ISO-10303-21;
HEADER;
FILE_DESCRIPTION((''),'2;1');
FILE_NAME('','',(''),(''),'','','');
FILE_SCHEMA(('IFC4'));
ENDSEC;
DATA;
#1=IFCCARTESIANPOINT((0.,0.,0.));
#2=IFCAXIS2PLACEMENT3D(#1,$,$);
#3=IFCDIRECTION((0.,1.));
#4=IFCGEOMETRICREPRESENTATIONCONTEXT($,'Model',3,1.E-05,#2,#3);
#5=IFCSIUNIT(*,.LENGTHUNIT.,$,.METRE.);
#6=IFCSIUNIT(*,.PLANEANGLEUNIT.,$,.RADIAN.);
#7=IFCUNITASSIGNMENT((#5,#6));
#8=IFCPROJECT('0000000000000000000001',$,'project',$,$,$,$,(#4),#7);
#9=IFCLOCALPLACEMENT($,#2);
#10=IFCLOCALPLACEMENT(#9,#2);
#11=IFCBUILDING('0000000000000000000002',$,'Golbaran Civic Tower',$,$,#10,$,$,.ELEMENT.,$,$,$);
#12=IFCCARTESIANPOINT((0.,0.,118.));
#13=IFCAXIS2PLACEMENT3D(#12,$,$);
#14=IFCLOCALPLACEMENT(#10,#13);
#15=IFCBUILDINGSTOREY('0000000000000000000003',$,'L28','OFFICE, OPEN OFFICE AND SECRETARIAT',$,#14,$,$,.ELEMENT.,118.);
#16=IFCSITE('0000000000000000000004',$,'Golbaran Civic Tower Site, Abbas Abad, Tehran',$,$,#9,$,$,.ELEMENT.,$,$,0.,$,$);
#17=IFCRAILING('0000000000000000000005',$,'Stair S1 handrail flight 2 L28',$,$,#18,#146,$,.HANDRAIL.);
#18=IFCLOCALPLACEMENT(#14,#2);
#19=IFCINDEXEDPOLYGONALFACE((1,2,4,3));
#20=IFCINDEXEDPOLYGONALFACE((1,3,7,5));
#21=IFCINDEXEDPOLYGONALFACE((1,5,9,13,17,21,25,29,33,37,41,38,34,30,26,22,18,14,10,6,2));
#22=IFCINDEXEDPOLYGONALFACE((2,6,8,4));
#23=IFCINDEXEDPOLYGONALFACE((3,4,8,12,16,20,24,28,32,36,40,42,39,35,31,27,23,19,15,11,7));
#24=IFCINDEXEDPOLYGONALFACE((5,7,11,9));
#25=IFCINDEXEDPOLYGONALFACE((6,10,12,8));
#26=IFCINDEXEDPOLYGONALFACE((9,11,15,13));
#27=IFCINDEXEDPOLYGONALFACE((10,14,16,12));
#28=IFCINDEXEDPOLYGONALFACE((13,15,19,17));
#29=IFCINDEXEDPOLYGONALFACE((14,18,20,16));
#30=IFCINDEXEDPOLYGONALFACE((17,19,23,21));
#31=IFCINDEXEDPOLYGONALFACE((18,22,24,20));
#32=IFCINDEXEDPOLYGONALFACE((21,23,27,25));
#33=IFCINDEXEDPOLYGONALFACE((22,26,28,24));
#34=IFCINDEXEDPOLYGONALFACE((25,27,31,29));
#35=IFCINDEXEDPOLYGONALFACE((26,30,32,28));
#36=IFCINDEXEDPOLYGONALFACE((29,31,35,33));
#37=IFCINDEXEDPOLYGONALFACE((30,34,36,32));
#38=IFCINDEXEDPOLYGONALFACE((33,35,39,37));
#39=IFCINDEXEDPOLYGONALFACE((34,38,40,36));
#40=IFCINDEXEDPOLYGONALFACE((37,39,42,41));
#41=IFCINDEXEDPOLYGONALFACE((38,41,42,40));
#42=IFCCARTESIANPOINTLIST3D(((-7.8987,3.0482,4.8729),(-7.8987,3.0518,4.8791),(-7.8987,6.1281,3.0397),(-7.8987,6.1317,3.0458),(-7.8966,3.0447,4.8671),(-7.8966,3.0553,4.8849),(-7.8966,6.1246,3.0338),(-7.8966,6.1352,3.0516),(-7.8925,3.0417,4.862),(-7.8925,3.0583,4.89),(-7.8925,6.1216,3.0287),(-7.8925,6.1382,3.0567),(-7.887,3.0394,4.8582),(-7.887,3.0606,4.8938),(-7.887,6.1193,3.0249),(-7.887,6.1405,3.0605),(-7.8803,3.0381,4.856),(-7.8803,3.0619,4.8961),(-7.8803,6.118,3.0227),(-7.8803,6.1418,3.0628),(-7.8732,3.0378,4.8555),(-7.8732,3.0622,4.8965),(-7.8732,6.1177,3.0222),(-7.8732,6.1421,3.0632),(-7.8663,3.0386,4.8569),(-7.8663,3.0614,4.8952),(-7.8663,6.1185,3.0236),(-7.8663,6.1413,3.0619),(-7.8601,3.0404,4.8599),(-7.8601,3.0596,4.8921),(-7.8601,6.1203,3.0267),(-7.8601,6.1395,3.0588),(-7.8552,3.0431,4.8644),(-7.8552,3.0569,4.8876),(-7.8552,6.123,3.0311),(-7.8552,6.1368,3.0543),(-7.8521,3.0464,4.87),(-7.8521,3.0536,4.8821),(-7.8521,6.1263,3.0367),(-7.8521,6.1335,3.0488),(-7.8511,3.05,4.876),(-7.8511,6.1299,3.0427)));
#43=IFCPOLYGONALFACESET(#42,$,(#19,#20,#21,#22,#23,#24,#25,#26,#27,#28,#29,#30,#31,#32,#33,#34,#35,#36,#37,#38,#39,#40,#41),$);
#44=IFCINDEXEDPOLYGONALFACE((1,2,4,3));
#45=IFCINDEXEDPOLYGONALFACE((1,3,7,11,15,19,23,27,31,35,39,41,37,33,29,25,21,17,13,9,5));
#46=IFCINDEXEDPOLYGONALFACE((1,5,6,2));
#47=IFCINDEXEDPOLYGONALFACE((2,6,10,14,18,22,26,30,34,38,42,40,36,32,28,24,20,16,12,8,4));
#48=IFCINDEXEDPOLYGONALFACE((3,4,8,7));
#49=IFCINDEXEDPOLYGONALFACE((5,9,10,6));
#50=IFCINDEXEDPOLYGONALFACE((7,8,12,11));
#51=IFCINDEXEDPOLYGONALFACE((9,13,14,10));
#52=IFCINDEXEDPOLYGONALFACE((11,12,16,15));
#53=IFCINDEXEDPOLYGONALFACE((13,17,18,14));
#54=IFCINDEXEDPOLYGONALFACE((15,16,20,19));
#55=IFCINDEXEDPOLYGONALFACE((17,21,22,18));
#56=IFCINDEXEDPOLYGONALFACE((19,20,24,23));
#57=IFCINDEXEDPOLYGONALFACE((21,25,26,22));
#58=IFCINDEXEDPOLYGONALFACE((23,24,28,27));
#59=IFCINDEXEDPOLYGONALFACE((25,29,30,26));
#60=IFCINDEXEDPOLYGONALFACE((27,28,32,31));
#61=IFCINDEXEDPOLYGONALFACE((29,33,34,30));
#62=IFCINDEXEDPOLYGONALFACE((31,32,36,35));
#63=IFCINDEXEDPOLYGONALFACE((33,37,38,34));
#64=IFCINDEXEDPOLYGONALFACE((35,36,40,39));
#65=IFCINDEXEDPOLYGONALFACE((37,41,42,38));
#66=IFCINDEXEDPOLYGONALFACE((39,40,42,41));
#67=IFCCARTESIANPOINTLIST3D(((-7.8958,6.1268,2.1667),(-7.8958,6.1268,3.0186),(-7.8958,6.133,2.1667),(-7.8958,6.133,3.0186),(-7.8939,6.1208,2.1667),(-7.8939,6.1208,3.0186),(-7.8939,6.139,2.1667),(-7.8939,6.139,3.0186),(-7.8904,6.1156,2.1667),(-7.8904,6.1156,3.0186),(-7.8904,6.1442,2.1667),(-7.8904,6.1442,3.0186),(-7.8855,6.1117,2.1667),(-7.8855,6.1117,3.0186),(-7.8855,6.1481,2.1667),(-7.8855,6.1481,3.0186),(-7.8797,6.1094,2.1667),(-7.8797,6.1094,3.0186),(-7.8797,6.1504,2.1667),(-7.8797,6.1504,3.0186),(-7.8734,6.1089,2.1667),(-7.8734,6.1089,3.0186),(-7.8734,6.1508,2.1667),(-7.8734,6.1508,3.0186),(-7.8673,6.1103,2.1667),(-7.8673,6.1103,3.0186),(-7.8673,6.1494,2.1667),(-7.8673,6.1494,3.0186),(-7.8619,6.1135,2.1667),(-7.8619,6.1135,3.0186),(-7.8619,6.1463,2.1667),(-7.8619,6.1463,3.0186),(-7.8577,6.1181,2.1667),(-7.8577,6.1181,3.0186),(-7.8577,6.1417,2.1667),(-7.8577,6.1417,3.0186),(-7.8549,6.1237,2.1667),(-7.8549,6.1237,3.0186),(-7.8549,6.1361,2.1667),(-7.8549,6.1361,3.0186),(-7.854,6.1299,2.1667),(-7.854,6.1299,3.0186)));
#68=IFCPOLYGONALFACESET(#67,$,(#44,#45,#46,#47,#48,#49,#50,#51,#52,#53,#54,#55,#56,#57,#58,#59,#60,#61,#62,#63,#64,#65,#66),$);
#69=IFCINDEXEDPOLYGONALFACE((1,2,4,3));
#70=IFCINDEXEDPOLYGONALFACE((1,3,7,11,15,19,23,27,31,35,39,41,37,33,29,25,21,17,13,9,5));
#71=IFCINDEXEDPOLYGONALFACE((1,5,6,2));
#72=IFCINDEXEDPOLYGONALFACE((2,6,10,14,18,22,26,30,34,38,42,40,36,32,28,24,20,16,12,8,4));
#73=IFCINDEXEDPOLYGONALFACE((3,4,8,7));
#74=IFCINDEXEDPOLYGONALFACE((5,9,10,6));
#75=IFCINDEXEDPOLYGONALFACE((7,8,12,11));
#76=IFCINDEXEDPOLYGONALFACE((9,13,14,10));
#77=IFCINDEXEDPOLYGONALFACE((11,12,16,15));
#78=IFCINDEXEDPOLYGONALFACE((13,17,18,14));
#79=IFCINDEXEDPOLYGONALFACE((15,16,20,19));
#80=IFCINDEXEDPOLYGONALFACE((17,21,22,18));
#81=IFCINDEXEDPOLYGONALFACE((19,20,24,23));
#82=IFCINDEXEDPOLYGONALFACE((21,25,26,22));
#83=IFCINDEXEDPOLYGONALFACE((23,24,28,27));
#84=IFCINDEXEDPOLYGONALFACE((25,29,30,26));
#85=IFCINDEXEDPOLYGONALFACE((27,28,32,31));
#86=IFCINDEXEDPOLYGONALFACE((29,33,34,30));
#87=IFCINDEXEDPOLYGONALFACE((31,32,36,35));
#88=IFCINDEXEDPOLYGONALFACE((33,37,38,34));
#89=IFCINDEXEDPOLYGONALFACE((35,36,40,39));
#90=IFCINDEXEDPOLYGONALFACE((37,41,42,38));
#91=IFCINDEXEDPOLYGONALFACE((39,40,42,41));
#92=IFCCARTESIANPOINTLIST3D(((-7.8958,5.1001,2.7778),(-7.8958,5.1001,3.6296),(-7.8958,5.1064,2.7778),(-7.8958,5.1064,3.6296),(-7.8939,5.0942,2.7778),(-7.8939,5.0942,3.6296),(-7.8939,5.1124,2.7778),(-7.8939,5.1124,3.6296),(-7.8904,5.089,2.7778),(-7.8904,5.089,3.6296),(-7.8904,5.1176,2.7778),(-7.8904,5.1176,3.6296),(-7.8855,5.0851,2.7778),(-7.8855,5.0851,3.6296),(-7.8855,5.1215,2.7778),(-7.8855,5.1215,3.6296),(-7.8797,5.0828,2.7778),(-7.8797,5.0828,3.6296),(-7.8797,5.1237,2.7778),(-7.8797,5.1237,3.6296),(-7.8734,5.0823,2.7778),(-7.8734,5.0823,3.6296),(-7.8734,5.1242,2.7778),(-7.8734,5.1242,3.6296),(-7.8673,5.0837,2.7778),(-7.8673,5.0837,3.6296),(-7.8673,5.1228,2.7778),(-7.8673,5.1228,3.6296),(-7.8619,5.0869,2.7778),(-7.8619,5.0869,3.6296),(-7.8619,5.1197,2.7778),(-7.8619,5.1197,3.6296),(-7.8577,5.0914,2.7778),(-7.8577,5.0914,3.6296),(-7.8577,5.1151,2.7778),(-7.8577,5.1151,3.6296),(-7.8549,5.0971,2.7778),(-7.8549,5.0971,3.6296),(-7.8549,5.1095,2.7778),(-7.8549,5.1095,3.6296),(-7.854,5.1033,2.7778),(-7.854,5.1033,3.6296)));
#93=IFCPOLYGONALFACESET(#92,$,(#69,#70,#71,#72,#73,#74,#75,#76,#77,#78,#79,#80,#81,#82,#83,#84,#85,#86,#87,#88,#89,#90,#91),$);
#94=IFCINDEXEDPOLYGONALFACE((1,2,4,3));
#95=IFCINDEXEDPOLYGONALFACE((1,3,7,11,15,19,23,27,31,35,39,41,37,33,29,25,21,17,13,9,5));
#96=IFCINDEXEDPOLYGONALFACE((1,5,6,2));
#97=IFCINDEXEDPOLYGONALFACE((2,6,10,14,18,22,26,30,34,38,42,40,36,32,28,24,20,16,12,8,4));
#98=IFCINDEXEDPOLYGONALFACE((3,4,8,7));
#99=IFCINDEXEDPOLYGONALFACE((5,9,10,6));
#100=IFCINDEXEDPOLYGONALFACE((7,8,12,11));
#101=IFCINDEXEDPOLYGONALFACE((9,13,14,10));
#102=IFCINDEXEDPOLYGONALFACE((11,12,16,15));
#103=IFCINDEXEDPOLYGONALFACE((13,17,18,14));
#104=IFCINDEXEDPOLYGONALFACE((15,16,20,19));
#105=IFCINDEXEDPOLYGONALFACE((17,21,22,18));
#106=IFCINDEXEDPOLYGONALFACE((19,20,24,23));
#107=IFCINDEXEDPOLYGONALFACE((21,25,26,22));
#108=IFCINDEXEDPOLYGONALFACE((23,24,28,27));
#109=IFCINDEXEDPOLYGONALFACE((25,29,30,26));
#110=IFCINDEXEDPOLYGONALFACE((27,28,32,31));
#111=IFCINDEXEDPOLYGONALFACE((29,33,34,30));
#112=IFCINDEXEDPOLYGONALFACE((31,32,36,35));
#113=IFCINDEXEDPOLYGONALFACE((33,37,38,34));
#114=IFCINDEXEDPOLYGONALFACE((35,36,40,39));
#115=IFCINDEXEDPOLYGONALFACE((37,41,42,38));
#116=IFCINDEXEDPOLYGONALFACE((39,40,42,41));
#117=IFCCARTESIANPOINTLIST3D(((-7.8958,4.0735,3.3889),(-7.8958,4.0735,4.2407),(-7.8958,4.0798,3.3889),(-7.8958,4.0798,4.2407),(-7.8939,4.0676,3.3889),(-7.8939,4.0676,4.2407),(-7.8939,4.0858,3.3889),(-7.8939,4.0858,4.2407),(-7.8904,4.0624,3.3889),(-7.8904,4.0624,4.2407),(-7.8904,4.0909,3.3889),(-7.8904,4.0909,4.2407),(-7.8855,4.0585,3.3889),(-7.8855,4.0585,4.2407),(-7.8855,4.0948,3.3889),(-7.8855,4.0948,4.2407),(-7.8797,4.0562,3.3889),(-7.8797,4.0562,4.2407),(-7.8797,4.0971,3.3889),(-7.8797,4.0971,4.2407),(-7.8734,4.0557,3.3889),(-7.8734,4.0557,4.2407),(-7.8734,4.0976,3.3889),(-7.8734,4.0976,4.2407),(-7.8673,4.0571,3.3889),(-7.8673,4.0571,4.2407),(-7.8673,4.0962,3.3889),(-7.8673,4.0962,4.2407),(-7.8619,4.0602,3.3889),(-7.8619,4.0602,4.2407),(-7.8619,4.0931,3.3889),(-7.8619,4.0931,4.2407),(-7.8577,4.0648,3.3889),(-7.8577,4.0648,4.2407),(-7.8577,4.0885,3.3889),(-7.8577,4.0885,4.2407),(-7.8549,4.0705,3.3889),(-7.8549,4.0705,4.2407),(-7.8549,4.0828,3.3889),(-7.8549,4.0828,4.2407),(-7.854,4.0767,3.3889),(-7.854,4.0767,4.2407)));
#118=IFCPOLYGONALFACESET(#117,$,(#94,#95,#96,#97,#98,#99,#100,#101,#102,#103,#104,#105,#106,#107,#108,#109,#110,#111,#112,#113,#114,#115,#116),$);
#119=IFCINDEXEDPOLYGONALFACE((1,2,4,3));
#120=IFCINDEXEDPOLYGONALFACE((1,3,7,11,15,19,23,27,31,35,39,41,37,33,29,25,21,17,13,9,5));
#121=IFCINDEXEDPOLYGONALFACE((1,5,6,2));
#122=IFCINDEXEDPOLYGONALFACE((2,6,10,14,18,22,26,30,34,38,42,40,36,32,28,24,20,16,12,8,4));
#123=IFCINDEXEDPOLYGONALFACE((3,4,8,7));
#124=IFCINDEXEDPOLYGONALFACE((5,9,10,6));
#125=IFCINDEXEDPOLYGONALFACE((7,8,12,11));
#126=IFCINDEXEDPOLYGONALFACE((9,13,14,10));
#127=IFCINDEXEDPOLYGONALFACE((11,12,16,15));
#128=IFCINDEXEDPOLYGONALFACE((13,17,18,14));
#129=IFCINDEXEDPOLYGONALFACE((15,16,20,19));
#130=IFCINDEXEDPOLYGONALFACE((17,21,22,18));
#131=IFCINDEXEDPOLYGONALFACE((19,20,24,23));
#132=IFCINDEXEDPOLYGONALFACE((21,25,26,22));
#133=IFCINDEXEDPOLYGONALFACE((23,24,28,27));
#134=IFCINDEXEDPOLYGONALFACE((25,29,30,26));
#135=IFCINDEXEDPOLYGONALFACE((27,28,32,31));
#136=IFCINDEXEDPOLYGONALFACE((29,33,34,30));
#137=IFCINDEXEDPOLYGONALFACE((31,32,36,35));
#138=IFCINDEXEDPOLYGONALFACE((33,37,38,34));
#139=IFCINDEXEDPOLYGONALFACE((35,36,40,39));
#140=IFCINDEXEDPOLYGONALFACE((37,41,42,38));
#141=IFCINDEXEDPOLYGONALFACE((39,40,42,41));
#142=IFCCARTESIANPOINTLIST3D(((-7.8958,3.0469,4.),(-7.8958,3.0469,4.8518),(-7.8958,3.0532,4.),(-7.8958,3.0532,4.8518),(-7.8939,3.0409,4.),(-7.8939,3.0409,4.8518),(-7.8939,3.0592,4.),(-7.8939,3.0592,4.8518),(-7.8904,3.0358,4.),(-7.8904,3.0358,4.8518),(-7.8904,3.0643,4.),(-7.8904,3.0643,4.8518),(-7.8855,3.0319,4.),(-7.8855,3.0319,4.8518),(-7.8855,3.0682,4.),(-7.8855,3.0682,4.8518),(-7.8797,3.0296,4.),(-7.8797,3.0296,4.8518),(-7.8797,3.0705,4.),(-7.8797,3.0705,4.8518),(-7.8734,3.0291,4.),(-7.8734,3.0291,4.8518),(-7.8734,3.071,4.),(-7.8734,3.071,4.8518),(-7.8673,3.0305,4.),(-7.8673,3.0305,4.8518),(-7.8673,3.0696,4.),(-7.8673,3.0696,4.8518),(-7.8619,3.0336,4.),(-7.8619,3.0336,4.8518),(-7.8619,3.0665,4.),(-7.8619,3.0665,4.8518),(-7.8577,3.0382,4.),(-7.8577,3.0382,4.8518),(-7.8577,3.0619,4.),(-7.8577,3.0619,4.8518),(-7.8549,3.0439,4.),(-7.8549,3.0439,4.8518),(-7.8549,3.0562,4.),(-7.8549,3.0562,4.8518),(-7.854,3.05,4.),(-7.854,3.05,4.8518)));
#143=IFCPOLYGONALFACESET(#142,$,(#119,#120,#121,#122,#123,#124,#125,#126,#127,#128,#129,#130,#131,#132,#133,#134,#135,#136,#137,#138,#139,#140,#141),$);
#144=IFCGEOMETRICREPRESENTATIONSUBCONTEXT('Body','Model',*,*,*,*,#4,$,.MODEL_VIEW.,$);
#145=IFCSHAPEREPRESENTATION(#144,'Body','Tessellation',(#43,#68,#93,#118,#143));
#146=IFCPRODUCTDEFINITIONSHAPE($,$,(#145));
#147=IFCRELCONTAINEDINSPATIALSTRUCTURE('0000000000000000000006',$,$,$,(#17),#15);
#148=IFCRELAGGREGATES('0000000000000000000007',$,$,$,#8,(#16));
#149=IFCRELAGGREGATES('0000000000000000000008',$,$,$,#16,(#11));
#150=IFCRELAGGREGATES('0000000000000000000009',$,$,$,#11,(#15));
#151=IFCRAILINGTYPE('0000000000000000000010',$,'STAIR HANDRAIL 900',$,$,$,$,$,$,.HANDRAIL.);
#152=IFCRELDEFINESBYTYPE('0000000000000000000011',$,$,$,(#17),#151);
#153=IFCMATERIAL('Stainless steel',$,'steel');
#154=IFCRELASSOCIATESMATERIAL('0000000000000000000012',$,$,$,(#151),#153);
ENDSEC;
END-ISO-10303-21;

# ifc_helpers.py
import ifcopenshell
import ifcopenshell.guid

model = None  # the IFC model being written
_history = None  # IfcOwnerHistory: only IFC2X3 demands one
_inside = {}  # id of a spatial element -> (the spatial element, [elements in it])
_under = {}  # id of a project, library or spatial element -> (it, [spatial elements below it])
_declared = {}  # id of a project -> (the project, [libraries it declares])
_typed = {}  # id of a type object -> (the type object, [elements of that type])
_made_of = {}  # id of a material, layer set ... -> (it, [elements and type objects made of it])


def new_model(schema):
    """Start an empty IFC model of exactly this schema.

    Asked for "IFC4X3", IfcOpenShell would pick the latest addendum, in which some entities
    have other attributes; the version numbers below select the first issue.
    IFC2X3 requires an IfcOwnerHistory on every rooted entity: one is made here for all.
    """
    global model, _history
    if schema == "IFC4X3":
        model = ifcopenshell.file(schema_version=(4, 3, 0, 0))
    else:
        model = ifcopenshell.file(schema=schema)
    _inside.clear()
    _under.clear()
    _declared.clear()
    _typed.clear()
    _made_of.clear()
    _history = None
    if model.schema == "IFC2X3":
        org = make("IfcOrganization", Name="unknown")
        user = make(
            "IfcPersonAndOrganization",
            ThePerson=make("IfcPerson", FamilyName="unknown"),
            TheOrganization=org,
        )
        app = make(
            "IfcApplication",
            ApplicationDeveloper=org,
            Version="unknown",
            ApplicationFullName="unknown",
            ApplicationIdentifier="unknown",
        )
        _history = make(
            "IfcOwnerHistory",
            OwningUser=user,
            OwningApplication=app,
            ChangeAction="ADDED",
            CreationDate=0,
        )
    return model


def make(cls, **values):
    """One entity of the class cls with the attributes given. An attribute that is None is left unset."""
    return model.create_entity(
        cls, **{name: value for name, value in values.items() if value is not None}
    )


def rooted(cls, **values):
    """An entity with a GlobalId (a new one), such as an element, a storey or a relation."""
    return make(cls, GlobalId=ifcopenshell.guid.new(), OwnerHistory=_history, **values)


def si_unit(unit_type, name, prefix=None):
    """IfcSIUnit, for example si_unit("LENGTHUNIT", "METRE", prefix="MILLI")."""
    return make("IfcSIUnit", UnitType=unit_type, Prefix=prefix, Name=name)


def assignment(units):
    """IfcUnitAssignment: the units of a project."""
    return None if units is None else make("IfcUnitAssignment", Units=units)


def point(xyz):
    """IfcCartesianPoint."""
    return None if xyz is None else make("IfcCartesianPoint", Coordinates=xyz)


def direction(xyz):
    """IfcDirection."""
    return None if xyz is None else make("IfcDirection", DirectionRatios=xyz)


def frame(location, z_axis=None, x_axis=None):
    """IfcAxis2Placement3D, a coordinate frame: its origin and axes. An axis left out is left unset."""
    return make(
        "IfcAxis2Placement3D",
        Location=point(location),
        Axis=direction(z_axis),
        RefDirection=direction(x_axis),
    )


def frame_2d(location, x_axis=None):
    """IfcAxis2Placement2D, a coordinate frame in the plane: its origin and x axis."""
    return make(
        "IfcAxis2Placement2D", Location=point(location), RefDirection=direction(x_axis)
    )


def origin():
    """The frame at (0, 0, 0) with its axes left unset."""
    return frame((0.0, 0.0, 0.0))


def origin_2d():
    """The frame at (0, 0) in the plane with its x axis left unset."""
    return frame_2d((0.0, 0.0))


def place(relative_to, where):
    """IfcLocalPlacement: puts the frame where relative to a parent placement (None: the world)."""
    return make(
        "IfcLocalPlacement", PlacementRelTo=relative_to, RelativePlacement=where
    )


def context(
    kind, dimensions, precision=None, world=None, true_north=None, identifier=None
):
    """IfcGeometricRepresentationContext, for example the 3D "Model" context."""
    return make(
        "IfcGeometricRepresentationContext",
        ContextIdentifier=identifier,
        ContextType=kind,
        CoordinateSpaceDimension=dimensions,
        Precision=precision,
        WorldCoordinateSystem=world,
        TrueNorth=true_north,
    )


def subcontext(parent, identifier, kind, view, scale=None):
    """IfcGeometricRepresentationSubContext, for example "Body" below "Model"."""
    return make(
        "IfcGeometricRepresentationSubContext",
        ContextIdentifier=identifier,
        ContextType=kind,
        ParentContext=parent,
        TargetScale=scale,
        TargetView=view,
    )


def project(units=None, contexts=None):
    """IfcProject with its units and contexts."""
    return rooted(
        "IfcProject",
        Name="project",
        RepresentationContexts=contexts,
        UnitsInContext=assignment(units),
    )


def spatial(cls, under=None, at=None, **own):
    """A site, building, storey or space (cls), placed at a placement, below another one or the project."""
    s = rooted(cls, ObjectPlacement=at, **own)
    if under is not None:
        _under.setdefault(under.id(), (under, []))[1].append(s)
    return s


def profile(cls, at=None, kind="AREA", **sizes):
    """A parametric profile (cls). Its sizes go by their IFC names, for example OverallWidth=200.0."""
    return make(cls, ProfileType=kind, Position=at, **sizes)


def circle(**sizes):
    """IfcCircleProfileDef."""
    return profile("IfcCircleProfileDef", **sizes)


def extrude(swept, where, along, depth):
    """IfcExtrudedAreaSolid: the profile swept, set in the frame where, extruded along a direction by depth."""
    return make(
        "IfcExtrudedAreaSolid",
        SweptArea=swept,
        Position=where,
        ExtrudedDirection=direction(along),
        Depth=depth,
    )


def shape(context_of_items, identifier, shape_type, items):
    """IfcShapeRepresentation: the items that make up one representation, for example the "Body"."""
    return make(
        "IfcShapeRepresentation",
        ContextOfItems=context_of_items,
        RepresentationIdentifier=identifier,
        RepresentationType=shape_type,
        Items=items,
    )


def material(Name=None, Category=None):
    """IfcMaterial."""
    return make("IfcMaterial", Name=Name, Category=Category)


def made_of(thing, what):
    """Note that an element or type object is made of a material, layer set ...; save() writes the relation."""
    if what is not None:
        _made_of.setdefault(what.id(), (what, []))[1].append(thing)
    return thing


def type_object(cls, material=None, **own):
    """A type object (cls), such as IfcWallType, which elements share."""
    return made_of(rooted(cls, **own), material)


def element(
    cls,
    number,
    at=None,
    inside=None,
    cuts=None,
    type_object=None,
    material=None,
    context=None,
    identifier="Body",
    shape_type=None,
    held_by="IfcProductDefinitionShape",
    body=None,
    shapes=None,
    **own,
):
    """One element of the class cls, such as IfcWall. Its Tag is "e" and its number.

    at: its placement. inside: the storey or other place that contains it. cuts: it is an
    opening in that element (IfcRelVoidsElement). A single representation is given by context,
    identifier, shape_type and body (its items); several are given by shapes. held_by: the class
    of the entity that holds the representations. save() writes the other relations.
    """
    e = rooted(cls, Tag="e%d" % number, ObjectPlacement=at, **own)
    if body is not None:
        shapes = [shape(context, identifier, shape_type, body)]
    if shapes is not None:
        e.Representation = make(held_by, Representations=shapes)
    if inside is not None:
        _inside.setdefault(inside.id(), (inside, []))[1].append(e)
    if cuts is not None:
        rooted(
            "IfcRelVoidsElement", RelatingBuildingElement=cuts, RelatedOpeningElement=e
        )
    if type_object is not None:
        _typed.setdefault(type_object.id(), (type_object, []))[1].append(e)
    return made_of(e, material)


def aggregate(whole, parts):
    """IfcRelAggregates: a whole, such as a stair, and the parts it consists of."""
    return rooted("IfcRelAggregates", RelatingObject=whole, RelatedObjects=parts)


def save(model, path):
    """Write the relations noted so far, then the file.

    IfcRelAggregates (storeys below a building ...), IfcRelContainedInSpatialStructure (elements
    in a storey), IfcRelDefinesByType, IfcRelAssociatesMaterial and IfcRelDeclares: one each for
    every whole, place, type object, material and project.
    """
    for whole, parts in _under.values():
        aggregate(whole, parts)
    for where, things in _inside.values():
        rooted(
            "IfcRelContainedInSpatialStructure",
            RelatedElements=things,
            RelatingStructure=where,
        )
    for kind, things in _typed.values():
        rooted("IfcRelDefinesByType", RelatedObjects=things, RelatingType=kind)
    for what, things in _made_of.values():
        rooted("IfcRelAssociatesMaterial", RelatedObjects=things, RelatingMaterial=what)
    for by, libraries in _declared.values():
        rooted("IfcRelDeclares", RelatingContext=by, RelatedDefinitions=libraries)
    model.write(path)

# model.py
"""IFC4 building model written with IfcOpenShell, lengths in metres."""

from ifc_helpers import new_model, si_unit, direction, frame, origin, origin_2d, place, context, subcontext, project, spatial, circle, extrude, material, type_object, element, save


model = new_model("IFC4")

# Units and contexts
model_context = context("Model", 3, precision=1e-05, world=origin(), true_north=direction((0.0, 1.0)))
body_context = subcontext(model_context, "Body", "Model", "MODEL_VIEW")
ifc_project = project(units=[si_unit("LENGTHUNIT", "METRE"), si_unit("PLANEANGLEUNIT", "RADIAN")], contexts=[model_context])

# Site, building, storey
site_placement = place(None, origin())
site = spatial("IfcSite", under=ifc_project, at=site_placement, Name="Golbaran Civic Tower Site, Abbas Abad, Tehran", CompositionType="ELEMENT", RefElevation=0.0)
building_placement = place(site_placement, origin())
building = spatial("IfcBuilding", under=site, at=building_placement, Name="Golbaran Civic Tower", CompositionType="ELEMENT")
storey_placement = place(building_placement, frame((0.0, 0.0, 118.0)))
storey = spatial("IfcBuildingStorey", under=building, at=storey_placement, Name="L28", Description="OFFICE, OPEN OFFICE AND SECRETARIAT", CompositionType="ELEMENT", Elevation=118.0)

# Shared definitions
ifc_material_1 = material(Name="Stainless steel", Category="steel")

# Railing
railing_type = type_object("IfcRailingType", Name="STAIR HANDRAIL 900", PredefinedType="HANDRAIL", material=ifc_material_1)
railing_1_placement = place(storey_placement, frame((-7.875, 6.1299, 2.1667)))
element("IfcRailing", 1, at=railing_1_placement, inside=storey, type_object=railing_type, Name="Stair S1 handrail flight 2 L28", PredefinedType="HANDRAIL", context=body_context, shape_type="SweptSolid", body=[
    extrude(circle(Radius=0.0239, at=origin_2d()), frame((0.0, 0.0, 0.876), z_axis=(0.0, -0.859291, 0.511487), x_axis=(1.0, 0.0, 0.0)), (0.0, 0.0, 1.0), 3.5842),
    extrude(circle(Radius=0.021, at=origin_2d()), origin(), (0.0, 0.0, 1.0), 0.8518),
    extrude(circle(Radius=0.021, at=origin_2d()), frame((0.0, -1.0266, 0.6111)), (0.0, 0.0, 1.0), 0.8518),
    extrude(circle(Radius=0.021, at=origin_2d()), frame((0.0, -2.0532, 1.2222)), (0.0, 0.0, 1.0), 0.8518),
    extrude(circle(Radius=0.021, at=origin_2d()), frame((0.0, -3.0798, 1.8333)), (0.0, 0.0, 1.0), 0.8518),
])

save(model, "model.ifc")
